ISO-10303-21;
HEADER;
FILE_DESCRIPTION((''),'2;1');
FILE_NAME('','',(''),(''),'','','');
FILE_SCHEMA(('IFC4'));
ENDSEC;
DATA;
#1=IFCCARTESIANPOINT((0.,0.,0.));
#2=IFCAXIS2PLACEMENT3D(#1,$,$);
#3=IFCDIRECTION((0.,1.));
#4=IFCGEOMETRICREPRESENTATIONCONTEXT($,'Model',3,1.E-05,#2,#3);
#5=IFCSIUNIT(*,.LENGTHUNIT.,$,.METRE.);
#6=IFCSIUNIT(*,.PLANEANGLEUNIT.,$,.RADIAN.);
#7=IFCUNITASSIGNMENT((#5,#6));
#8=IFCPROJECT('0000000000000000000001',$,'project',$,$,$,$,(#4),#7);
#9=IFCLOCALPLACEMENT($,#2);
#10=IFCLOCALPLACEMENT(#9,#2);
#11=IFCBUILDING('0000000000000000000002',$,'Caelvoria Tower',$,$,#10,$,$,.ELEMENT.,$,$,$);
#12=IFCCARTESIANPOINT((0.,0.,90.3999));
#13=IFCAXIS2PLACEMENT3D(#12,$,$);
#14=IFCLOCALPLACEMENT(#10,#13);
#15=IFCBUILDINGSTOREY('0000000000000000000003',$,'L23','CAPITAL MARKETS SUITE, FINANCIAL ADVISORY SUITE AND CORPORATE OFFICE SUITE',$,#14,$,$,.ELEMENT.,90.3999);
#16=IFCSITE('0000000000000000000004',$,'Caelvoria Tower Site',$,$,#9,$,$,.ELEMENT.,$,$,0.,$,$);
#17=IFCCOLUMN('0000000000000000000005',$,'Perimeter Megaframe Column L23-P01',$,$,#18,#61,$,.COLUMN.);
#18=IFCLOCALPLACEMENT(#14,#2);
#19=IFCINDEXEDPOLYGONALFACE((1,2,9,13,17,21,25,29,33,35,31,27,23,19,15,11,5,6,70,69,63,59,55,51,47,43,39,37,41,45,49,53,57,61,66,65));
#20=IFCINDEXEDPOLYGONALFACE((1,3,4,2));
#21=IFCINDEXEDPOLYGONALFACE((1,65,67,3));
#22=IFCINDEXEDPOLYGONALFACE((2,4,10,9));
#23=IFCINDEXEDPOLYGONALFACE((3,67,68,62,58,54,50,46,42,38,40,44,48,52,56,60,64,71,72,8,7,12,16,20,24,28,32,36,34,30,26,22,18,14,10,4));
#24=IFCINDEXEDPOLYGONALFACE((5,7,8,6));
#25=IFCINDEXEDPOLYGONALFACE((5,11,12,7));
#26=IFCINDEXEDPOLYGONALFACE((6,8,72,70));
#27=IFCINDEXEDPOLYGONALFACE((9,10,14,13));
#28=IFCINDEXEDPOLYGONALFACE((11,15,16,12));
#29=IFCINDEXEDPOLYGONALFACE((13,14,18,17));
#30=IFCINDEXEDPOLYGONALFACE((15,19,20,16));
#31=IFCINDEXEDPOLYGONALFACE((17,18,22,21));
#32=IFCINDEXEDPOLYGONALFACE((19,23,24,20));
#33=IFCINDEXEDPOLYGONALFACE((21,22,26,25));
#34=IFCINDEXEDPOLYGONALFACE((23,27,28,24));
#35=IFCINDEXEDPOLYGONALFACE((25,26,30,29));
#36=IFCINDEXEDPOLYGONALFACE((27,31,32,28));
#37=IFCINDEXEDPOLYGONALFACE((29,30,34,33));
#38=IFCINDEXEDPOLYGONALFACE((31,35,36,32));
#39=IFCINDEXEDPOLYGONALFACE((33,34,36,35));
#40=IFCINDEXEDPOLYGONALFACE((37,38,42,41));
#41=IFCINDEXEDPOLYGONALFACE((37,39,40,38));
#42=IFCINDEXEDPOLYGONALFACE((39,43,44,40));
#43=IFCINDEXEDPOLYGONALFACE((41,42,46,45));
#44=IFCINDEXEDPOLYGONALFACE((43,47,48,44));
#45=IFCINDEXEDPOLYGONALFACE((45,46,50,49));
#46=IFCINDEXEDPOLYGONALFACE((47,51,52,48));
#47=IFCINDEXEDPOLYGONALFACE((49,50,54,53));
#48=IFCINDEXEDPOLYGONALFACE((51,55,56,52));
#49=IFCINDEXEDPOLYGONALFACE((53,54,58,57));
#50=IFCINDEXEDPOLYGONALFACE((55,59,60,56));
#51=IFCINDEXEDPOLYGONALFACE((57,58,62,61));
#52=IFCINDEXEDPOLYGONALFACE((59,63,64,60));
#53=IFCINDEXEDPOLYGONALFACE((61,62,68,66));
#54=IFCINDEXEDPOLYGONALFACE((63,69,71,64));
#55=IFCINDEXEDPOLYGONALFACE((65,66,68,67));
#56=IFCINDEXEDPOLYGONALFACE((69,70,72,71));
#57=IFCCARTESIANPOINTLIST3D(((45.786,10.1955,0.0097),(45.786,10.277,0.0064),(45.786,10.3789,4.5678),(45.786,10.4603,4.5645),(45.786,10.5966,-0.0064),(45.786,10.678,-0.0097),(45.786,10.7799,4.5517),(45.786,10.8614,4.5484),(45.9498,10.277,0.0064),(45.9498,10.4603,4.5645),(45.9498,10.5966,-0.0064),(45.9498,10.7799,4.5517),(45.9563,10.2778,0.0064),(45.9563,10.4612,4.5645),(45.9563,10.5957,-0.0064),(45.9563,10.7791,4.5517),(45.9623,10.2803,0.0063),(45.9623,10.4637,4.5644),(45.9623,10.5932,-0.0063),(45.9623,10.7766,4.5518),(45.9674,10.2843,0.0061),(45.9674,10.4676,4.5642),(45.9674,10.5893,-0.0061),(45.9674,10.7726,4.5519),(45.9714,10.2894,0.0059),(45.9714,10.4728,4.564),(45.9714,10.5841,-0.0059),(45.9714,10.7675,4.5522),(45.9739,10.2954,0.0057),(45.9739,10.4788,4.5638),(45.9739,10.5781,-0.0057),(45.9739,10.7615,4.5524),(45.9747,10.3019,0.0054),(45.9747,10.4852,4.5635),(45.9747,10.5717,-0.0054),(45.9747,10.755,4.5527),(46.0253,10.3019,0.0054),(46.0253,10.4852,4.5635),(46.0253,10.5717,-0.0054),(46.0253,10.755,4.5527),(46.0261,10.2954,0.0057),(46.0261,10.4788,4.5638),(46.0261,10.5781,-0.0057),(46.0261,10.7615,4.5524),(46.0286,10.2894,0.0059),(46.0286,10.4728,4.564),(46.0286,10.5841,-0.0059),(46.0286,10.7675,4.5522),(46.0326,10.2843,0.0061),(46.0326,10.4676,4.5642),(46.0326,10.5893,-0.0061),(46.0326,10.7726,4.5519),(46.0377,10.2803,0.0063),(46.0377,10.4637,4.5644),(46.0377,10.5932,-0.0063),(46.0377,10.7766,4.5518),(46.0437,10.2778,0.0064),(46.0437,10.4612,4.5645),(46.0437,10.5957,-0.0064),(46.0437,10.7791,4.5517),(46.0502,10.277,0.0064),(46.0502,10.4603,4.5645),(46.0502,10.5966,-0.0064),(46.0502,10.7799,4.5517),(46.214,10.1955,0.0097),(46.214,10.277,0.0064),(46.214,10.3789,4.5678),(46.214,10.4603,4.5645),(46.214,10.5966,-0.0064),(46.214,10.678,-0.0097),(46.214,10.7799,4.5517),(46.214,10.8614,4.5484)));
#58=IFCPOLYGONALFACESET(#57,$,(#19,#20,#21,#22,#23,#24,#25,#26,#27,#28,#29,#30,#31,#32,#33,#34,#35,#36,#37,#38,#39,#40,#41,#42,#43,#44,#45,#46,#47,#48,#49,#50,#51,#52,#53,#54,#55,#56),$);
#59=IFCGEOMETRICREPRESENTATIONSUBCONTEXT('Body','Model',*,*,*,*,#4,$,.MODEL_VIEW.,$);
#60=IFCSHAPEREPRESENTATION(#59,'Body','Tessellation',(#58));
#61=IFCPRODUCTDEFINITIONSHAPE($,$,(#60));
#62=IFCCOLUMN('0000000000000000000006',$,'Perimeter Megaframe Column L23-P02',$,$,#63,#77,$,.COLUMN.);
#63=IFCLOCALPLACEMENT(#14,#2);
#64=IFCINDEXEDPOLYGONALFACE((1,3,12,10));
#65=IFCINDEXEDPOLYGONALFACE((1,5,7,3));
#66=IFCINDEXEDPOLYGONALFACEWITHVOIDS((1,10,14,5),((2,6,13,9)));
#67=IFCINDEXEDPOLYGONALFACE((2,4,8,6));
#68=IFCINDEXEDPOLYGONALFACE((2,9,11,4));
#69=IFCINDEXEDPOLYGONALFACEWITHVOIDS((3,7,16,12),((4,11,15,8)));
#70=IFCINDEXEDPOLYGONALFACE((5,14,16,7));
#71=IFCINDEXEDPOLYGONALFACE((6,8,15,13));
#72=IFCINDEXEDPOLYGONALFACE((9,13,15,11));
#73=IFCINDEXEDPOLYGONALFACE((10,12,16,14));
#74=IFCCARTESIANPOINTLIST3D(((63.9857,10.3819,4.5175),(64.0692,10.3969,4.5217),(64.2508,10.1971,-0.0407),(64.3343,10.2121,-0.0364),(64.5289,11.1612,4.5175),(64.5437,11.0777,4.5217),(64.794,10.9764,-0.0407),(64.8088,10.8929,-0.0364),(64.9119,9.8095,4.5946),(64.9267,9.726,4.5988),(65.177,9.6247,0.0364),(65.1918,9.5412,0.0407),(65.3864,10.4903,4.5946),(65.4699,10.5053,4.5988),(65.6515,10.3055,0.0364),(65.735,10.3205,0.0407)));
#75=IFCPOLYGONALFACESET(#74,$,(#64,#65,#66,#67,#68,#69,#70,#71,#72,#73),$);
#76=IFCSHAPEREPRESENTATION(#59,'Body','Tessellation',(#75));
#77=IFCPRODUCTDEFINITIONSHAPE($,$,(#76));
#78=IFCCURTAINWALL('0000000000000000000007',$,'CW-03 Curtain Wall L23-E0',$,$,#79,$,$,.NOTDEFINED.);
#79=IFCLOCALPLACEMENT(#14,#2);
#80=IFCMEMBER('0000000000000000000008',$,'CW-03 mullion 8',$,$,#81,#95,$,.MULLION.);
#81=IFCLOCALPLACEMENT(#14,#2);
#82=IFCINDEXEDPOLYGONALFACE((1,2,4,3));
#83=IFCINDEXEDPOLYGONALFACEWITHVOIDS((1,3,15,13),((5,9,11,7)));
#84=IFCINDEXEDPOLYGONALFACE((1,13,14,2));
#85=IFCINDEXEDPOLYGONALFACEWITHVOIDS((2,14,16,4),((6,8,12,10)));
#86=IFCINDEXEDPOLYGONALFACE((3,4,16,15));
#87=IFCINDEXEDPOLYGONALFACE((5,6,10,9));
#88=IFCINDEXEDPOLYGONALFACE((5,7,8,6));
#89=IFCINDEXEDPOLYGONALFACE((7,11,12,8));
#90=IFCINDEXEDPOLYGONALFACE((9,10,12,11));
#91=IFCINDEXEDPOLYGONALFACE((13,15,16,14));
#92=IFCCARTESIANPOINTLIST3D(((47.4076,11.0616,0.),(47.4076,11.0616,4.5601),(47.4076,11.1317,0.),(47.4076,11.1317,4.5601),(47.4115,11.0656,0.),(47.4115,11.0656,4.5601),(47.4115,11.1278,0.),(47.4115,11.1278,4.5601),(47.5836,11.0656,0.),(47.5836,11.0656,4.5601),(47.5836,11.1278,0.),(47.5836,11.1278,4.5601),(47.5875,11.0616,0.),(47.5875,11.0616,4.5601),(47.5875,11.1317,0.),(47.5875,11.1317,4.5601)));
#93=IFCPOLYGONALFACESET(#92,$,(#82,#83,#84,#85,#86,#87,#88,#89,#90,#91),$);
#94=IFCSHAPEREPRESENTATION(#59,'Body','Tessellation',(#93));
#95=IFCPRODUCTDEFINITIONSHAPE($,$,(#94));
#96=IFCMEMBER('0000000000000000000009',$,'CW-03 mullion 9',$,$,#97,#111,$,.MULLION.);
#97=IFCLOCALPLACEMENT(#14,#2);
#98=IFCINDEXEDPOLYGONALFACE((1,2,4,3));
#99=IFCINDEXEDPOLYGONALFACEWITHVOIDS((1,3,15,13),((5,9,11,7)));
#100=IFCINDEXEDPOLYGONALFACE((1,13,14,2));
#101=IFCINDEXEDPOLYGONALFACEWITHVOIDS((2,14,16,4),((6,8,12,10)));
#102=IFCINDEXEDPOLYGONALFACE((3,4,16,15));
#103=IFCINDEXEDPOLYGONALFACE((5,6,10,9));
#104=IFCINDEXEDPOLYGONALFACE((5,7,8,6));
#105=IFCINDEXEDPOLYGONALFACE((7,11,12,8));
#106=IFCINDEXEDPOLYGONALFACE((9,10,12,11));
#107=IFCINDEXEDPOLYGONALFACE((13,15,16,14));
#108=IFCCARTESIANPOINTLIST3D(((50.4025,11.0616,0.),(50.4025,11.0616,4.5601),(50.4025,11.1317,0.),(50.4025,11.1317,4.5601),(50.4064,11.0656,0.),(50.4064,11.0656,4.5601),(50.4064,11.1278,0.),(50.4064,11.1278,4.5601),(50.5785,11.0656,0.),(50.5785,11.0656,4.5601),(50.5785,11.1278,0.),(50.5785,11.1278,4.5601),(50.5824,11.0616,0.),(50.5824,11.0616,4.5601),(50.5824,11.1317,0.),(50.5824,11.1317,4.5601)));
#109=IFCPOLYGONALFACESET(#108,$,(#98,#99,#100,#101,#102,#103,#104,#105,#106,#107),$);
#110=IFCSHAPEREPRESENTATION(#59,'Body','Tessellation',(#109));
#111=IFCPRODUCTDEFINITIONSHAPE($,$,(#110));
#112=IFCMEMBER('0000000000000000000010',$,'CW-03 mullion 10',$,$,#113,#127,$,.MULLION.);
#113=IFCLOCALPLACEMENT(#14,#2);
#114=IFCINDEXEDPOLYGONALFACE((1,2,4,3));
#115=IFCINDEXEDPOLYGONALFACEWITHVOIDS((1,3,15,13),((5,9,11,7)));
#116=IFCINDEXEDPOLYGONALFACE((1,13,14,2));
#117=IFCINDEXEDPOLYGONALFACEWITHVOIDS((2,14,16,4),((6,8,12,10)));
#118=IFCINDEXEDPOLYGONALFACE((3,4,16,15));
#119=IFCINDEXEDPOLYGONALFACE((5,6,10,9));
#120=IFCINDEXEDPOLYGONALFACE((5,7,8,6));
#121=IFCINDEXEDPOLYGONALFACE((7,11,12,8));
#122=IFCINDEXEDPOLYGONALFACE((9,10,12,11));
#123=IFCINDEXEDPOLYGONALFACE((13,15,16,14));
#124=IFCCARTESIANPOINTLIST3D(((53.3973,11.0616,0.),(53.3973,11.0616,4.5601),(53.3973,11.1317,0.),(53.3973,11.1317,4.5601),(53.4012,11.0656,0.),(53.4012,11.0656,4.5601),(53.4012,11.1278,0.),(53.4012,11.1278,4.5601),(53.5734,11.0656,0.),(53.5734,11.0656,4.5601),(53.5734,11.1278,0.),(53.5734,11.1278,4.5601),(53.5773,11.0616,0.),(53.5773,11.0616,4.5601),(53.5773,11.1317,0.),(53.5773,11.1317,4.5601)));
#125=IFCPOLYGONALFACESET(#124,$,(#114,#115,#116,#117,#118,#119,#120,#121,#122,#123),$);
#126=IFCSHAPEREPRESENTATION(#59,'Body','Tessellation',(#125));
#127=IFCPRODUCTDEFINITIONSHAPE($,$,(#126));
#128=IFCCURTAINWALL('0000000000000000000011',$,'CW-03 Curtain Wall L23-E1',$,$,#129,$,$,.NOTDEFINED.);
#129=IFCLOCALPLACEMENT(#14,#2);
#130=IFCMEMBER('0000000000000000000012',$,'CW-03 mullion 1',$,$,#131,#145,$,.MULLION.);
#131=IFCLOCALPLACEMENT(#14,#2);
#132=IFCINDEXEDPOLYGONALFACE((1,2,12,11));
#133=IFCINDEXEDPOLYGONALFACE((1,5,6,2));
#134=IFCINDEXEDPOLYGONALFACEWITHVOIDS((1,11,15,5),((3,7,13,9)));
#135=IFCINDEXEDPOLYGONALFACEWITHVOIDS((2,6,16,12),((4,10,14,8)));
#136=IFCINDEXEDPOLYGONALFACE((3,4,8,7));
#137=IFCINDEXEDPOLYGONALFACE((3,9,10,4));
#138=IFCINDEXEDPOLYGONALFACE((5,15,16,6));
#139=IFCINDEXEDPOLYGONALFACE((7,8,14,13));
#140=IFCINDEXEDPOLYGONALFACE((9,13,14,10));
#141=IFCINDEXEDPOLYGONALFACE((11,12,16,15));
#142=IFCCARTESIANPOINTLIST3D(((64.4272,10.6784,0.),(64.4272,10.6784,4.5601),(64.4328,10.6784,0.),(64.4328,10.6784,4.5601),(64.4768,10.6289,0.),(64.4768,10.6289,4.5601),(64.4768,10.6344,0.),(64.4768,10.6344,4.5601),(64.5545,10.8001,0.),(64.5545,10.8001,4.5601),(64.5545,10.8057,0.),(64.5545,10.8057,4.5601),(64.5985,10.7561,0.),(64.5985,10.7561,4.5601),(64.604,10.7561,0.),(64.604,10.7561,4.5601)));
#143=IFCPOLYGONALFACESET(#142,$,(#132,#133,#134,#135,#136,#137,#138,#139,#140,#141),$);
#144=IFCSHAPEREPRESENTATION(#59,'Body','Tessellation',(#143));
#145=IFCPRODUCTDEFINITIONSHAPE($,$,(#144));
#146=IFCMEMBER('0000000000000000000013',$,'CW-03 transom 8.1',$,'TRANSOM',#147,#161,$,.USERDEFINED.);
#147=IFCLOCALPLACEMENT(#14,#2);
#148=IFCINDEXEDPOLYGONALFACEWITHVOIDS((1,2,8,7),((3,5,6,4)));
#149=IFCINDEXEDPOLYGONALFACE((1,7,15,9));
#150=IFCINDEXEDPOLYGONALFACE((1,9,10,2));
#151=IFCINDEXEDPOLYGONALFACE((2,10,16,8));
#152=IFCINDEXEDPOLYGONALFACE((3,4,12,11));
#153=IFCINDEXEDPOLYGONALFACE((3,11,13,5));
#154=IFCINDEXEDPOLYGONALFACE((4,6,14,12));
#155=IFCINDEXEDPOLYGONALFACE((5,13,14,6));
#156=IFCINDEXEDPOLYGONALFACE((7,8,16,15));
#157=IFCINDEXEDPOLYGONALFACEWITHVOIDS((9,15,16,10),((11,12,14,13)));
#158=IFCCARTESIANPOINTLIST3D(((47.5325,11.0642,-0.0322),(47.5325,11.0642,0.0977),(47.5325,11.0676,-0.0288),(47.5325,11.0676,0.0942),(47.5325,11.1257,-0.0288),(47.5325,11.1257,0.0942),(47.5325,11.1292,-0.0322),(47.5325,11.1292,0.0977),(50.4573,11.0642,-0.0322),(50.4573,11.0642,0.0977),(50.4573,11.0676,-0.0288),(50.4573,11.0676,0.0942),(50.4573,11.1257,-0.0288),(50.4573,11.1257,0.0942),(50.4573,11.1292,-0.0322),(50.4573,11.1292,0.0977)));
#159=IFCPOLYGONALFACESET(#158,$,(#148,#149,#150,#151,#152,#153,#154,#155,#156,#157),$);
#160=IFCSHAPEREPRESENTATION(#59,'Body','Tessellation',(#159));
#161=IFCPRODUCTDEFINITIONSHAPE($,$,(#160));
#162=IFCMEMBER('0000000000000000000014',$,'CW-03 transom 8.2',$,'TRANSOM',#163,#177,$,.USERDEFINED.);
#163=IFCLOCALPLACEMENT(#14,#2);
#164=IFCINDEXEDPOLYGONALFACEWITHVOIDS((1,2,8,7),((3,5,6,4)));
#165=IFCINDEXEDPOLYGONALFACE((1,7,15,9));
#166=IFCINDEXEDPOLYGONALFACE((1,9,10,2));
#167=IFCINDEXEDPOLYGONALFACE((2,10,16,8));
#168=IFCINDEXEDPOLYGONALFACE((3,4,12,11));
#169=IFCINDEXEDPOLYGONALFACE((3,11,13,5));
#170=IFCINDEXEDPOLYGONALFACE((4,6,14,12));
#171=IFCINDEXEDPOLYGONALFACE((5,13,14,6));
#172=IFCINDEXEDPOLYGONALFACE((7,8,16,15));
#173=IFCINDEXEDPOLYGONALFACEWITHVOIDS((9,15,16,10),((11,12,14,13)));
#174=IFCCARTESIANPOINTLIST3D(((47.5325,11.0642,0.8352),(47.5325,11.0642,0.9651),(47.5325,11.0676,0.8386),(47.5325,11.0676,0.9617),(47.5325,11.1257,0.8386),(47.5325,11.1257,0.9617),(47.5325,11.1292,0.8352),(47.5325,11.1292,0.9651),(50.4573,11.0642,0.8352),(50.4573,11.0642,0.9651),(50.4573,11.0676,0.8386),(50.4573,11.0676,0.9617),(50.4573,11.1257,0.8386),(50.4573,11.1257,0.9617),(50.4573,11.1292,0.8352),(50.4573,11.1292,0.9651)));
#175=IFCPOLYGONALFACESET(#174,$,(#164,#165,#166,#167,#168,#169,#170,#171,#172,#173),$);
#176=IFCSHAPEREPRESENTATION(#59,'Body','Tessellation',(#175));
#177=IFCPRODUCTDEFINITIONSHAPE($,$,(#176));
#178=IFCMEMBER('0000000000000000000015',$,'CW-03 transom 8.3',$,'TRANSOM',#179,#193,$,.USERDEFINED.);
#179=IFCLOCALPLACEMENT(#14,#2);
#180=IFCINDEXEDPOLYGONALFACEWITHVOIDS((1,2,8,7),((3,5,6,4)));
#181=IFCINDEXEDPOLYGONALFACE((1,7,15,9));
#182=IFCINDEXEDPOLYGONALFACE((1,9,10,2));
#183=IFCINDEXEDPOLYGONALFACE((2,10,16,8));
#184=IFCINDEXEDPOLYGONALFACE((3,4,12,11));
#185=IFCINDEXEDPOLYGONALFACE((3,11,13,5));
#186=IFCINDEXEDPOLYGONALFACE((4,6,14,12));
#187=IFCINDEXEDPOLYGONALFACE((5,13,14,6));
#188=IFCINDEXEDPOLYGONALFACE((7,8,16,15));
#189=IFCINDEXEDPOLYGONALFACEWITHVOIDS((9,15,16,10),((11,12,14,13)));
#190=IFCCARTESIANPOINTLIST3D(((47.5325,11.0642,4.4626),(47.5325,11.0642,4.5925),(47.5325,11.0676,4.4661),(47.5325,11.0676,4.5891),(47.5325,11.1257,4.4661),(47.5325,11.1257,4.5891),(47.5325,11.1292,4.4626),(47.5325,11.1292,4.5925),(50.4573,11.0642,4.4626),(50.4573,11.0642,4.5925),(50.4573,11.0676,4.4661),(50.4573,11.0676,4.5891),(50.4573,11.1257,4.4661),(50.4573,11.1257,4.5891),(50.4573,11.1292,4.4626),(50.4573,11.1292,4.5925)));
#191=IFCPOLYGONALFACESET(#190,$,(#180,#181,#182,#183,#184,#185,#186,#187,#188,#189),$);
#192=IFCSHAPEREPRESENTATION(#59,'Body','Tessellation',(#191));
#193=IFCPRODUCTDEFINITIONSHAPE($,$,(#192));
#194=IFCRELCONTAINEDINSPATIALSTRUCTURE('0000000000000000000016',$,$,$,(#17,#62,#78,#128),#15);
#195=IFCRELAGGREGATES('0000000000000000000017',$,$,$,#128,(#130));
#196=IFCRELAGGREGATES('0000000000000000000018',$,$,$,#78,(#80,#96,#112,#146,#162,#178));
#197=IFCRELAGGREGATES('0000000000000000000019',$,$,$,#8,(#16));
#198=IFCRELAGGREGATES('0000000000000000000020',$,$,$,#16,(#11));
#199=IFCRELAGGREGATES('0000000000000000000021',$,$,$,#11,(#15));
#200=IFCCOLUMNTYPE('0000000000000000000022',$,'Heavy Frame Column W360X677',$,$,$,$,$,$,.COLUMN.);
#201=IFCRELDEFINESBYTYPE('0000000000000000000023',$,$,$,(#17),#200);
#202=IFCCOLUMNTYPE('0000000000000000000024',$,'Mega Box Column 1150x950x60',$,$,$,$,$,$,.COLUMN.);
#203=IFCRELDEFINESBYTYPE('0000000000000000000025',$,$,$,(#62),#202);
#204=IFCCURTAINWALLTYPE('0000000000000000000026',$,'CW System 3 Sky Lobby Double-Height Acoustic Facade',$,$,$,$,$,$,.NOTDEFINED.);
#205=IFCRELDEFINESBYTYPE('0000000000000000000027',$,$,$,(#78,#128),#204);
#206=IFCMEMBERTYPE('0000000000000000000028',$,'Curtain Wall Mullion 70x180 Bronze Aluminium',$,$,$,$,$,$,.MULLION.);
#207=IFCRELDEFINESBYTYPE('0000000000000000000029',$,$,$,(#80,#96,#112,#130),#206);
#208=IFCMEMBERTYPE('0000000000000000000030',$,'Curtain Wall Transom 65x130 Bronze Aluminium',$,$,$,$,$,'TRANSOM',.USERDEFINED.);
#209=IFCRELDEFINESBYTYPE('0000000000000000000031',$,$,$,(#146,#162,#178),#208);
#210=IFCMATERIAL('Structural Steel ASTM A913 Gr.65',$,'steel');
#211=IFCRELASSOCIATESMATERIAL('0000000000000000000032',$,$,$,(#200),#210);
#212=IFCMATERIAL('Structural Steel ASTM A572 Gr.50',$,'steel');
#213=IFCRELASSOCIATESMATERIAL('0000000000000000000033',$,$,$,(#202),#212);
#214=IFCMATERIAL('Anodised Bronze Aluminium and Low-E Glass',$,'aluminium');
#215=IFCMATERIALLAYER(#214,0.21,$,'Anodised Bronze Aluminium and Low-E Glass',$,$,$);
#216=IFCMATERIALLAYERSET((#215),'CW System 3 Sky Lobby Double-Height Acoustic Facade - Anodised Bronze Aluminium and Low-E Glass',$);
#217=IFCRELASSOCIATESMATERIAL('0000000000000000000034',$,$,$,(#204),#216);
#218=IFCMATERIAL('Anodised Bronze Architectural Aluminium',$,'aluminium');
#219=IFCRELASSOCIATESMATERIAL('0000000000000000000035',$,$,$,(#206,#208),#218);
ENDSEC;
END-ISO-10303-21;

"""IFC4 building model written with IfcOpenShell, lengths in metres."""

from ifc_helpers import new_model, si_unit, direction, frame, origin, origin_2d, place, context, subcontext, project, spatial, hollow_rectangle, i_section, extrude, material, layer, layer_set, material_profile, profile_set, type_object, element, aggregate, save


model = new_model("IFC4")

# Units and contexts
model_context = context("Model", 3, precision=1e-05, world=origin(), true_north=direction((0.0, 1.0)))
body_context = subcontext(model_context, "Body", "Model", "MODEL_VIEW")
ifc_project = project(units=[si_unit("LENGTHUNIT", "METRE"), si_unit("PLANEANGLEUNIT", "RADIAN")], contexts=[model_context])

# Site, building, storey
site_placement = place(None, origin())
site = spatial("IfcSite", under=ifc_project, at=site_placement, Name="Caelvoria Tower Site", CompositionType="ELEMENT", RefElevation=0.0)
building_placement = place(site_placement, origin())
building = spatial("IfcBuilding", under=site, at=building_placement, Name="Caelvoria Tower", CompositionType="ELEMENT")
storey_placement = place(building_placement, frame((0.0, 0.0, 90.3999)))
storey = spatial("IfcBuildingStorey", under=building, at=storey_placement, Name="L23", Description="CAPITAL MARKETS SUITE, FINANCIAL ADVISORY SUITE AND CORPORATE OFFICE SUITE", CompositionType="ELEMENT", Elevation=90.3999)

# Columns
ifc_material_1 = material(Name="Structural Steel ASTM A913 Gr.65", Category="steel")
ifc_material_profile_1 = material_profile(ifc_material_1, i_section(OverallWidth=0.428, OverallDepth=0.4829, WebThickness=0.0505, FlangeThickness=0.0815, FilletRadius=0.0249, at=origin_2d()), Name="Structural Steel ASTM A913 Gr.65")
ifc_profile_set_1 = profile_set([ifc_material_profile_1], Name="W360X677 - Structural Steel ASTM A913 Gr.65")
column_type_1 = type_object("IfcColumnType", Name="Heavy Frame Column W360X677", PredefinedType="COLUMN", material=ifc_profile_set_1)
column_1_placement = place(storey_placement, frame((46.0, 10.4368, 0.0), z_axis=(0.0, 0.040192, 0.999192), x_axis=(-1.0, 0.0, 0.0)))
element("IfcColumn", 1, at=column_1_placement, inside=storey, type_object=column_type_1, Name="Perimeter Megaframe Column L23-P01", PredefinedType="COLUMN", context=body_context, shape_type="SweptSolid", body=[
    extrude(i_section(OverallWidth=0.428, OverallDepth=0.4829, WebThickness=0.0505, FlangeThickness=0.0815, FilletRadius=0.0249, at=origin_2d()), origin(), (0.0, 0.0, 1.0), 4.5618),
])
ifc_material_2 = material(Name="Structural Steel ASTM A572 Gr.50", Category="steel")
ifc_material_profile_2 = material_profile(ifc_material_2, hollow_rectangle(XDim=0.95, YDim=1.1499, WallThickness=0.0601, at=origin_2d()), Name="Structural Steel ASTM A572 Gr.50")
ifc_profile_set_2 = profile_set([ifc_material_profile_2], Name="BOX1150X950X60 - Structural Steel ASTM A572 Gr.50")
column_type_2 = type_object("IfcColumnType", Name="Mega Box Column 1150x950x60", PredefinedType="COLUMN", material=ifc_profile_set_2)
column_2_placement = place(storey_placement, frame((64.9929, 10.2588, 0.0), z_axis=(-0.058023, 0.040445, 0.997496), x_axis=(-0.571839, -0.820366, 0.0)))
element("IfcColumn", 2, at=column_2_placement, inside=storey, type_object=column_type_2, Name="Perimeter Megaframe Column L23-P02", PredefinedType="COLUMN", context=body_context, shape_type="SweptSolid", body=[
    extrude(hollow_rectangle(XDim=0.95, YDim=1.1499, WallThickness=0.0601, at=origin_2d()), origin(), (0.0, 0.0, 1.0), 4.5696),
])

# Curtain wall, members
ifc_material_3 = material(Name="Anodised Bronze Aluminium and Low-E Glass", Category="aluminium")
ifc_layer_1 = layer(ifc_material_3, 0.21, Name="Anodised Bronze Aluminium and Low-E Glass")
ifc_layer_set_1 = layer_set([ifc_layer_1], Name="CW System 3 Sky Lobby Double-Height Acoustic Facade - Anodised Bronze Aluminium and Low-E Glass")
curtain_wall_type = type_object("IfcCurtainWallType", Name="CW System 3 Sky Lobby Double-Height Acoustic Facade", PredefinedType="NOTDEFINED", material=ifc_layer_set_1)
curtain_wall_1_placement = place(storey_placement, origin())
curtain_wall_1 = element("IfcCurtainWall", 3, at=curtain_wall_1_placement, inside=storey, type_object=curtain_wall_type, Name="CW-03 Curtain Wall L23-E0", PredefinedType="NOTDEFINED")
ifc_material_4 = material(Name="Anodised Bronze Architectural Aluminium", Category="aluminium")
ifc_material_profile_3 = material_profile(ifc_material_4, hollow_rectangle(XDim=0.0701, YDim=0.1799, WallThickness=0.0039, at=origin_2d()), Name="Anodised Bronze Architectural Aluminium")
ifc_profile_set_3 = profile_set([ifc_material_profile_3], Name="CW_MULL_70X180 - Anodised Bronze Architectural Aluminium")
member_type_1 = type_object("IfcMemberType", Name="Curtain Wall Mullion 70x180 Bronze Aluminium", PredefinedType="MULLION", material=ifc_profile_set_3)
member_1_placement = place(storey_placement, frame((47.4976, 11.0967, 0.0), z_axis=(0.0, 0.0, 1.0), x_axis=(0.0, 1.0, 0.0)))
member_1 = element("IfcMember", 4, at=member_1_placement, type_object=member_type_1, Name="CW-03 mullion 8", PredefinedType="MULLION", context=body_context, shape_type="SweptSolid", body=[
    extrude(hollow_rectangle(XDim=0.0701, YDim=0.1799, WallThickness=0.0039, at=origin_2d()), origin(), (0.0, 0.0, 1.0), 4.5601),
])
member_2_placement = place(storey_placement, frame((50.4924, 11.0967, 0.0), z_axis=(0.0, 0.0, 1.0), x_axis=(0.0, 1.0, 0.0)))
member_2 = element("IfcMember", 5, at=member_2_placement, type_object=member_type_1, Name="CW-03 mullion 9", PredefinedType="MULLION", context=body_context, shape_type="SweptSolid", body=[
    extrude(hollow_rectangle(XDim=0.0701, YDim=0.1799, WallThickness=0.0039, at=origin_2d()), origin(), (0.0, 0.0, 1.0), 4.5601),
])
member_3_placement = place(storey_placement, frame((53.4873, 11.0967, 0.0), z_axis=(0.0, 0.0, 1.0), x_axis=(0.0, 1.0, 0.0)))
member_3 = element("IfcMember", 6, at=member_3_placement, type_object=member_type_1, Name="CW-03 mullion 10", PredefinedType="MULLION", context=body_context, shape_type="SweptSolid", body=[
    extrude(hollow_rectangle(XDim=0.0701, YDim=0.1799, WallThickness=0.0039, at=origin_2d()), origin(), (0.0, 0.0, 1.0), 4.5601),
])

# Curtain wall, member
curtain_wall_2_placement = place(storey_placement, origin())
curtain_wall_2 = element("IfcCurtainWall", 7, at=curtain_wall_2_placement, inside=storey, type_object=curtain_wall_type, Name="CW-03 Curtain Wall L23-E1", PredefinedType="NOTDEFINED")
member_4_placement = place(storey_placement, frame((64.5156, 10.7173, 0.0), z_axis=(0.0, 0.0, 1.0), x_axis=(-0.707107, 0.707107, 0.0)))
member_4 = element("IfcMember", 8, at=member_4_placement, type_object=member_type_1, Name="CW-03 mullion 1", PredefinedType="MULLION", context=body_context, shape_type="SweptSolid", body=[
    extrude(hollow_rectangle(XDim=0.0701, YDim=0.1799, WallThickness=0.0039, at=origin_2d()), origin(), (0.0, 0.0, 1.0), 4.5601),
])

# Members
ifc_material_profile_4 = material_profile(ifc_material_4, hollow_rectangle(XDim=0.0649, YDim=0.1299, WallThickness=0.0034, at=origin_2d()), Name="Anodised Bronze Architectural Aluminium")
ifc_profile_set_4 = profile_set([ifc_material_profile_4], Name="CW_TRAN_65X130 - Anodised Bronze Architectural Aluminium")
member_type_2 = type_object("IfcMemberType", Name="Curtain Wall Transom 65x130 Bronze Aluminium", ElementType="TRANSOM", PredefinedType="USERDEFINED", material=ifc_profile_set_4)
member_5_placement = place(storey_placement, frame((47.5325, 11.0967, 0.0327), z_axis=(1.0, 0.0, 0.0), x_axis=(0.0, 1.0, 0.0)))
member_5 = element("IfcMember", 9, at=member_5_placement, type_object=member_type_2, Name="CW-03 transom 8.1", ObjectType="TRANSOM", PredefinedType="USERDEFINED", context=body_context, shape_type="SweptSolid", body=[
    extrude(hollow_rectangle(XDim=0.0649, YDim=0.1299, WallThickness=0.0034, at=origin_2d()), origin(), (0.0, 0.0, 1.0), 2.9248),
])
member_6_placement = place(storey_placement, frame((47.5325, 11.0967, 0.9001), z_axis=(1.0, 0.0, 0.0), x_axis=(0.0, 1.0, 0.0)))
member_6 = element("IfcMember", 10, at=member_6_placement, type_object=member_type_2, Name="CW-03 transom 8.2", ObjectType="TRANSOM", PredefinedType="USERDEFINED", context=body_context, shape_type="SweptSolid", body=[
    extrude(hollow_rectangle(XDim=0.0649, YDim=0.1299, WallThickness=0.0034, at=origin_2d()), origin(), (0.0, 0.0, 1.0), 2.9248),
])
member_7_placement = place(storey_placement, frame((47.5325, 11.0967, 4.5276), z_axis=(1.0, 0.0, 0.0), x_axis=(0.0, 1.0, 0.0)))
member_7 = element("IfcMember", 11, at=member_7_placement, type_object=member_type_2, Name="CW-03 transom 8.3", ObjectType="TRANSOM", PredefinedType="USERDEFINED", context=body_context, shape_type="SweptSolid", body=[
    extrude(hollow_rectangle(XDim=0.0649, YDim=0.1299, WallThickness=0.0034, at=origin_2d()), origin(), (0.0, 0.0, 1.0), 2.9248),
])
aggregate(curtain_wall_2, [member_4])

aggregate(curtain_wall_1, [member_1, member_2, member_3, member_5, member_6, member_7])

save(model, "model.ifc")
